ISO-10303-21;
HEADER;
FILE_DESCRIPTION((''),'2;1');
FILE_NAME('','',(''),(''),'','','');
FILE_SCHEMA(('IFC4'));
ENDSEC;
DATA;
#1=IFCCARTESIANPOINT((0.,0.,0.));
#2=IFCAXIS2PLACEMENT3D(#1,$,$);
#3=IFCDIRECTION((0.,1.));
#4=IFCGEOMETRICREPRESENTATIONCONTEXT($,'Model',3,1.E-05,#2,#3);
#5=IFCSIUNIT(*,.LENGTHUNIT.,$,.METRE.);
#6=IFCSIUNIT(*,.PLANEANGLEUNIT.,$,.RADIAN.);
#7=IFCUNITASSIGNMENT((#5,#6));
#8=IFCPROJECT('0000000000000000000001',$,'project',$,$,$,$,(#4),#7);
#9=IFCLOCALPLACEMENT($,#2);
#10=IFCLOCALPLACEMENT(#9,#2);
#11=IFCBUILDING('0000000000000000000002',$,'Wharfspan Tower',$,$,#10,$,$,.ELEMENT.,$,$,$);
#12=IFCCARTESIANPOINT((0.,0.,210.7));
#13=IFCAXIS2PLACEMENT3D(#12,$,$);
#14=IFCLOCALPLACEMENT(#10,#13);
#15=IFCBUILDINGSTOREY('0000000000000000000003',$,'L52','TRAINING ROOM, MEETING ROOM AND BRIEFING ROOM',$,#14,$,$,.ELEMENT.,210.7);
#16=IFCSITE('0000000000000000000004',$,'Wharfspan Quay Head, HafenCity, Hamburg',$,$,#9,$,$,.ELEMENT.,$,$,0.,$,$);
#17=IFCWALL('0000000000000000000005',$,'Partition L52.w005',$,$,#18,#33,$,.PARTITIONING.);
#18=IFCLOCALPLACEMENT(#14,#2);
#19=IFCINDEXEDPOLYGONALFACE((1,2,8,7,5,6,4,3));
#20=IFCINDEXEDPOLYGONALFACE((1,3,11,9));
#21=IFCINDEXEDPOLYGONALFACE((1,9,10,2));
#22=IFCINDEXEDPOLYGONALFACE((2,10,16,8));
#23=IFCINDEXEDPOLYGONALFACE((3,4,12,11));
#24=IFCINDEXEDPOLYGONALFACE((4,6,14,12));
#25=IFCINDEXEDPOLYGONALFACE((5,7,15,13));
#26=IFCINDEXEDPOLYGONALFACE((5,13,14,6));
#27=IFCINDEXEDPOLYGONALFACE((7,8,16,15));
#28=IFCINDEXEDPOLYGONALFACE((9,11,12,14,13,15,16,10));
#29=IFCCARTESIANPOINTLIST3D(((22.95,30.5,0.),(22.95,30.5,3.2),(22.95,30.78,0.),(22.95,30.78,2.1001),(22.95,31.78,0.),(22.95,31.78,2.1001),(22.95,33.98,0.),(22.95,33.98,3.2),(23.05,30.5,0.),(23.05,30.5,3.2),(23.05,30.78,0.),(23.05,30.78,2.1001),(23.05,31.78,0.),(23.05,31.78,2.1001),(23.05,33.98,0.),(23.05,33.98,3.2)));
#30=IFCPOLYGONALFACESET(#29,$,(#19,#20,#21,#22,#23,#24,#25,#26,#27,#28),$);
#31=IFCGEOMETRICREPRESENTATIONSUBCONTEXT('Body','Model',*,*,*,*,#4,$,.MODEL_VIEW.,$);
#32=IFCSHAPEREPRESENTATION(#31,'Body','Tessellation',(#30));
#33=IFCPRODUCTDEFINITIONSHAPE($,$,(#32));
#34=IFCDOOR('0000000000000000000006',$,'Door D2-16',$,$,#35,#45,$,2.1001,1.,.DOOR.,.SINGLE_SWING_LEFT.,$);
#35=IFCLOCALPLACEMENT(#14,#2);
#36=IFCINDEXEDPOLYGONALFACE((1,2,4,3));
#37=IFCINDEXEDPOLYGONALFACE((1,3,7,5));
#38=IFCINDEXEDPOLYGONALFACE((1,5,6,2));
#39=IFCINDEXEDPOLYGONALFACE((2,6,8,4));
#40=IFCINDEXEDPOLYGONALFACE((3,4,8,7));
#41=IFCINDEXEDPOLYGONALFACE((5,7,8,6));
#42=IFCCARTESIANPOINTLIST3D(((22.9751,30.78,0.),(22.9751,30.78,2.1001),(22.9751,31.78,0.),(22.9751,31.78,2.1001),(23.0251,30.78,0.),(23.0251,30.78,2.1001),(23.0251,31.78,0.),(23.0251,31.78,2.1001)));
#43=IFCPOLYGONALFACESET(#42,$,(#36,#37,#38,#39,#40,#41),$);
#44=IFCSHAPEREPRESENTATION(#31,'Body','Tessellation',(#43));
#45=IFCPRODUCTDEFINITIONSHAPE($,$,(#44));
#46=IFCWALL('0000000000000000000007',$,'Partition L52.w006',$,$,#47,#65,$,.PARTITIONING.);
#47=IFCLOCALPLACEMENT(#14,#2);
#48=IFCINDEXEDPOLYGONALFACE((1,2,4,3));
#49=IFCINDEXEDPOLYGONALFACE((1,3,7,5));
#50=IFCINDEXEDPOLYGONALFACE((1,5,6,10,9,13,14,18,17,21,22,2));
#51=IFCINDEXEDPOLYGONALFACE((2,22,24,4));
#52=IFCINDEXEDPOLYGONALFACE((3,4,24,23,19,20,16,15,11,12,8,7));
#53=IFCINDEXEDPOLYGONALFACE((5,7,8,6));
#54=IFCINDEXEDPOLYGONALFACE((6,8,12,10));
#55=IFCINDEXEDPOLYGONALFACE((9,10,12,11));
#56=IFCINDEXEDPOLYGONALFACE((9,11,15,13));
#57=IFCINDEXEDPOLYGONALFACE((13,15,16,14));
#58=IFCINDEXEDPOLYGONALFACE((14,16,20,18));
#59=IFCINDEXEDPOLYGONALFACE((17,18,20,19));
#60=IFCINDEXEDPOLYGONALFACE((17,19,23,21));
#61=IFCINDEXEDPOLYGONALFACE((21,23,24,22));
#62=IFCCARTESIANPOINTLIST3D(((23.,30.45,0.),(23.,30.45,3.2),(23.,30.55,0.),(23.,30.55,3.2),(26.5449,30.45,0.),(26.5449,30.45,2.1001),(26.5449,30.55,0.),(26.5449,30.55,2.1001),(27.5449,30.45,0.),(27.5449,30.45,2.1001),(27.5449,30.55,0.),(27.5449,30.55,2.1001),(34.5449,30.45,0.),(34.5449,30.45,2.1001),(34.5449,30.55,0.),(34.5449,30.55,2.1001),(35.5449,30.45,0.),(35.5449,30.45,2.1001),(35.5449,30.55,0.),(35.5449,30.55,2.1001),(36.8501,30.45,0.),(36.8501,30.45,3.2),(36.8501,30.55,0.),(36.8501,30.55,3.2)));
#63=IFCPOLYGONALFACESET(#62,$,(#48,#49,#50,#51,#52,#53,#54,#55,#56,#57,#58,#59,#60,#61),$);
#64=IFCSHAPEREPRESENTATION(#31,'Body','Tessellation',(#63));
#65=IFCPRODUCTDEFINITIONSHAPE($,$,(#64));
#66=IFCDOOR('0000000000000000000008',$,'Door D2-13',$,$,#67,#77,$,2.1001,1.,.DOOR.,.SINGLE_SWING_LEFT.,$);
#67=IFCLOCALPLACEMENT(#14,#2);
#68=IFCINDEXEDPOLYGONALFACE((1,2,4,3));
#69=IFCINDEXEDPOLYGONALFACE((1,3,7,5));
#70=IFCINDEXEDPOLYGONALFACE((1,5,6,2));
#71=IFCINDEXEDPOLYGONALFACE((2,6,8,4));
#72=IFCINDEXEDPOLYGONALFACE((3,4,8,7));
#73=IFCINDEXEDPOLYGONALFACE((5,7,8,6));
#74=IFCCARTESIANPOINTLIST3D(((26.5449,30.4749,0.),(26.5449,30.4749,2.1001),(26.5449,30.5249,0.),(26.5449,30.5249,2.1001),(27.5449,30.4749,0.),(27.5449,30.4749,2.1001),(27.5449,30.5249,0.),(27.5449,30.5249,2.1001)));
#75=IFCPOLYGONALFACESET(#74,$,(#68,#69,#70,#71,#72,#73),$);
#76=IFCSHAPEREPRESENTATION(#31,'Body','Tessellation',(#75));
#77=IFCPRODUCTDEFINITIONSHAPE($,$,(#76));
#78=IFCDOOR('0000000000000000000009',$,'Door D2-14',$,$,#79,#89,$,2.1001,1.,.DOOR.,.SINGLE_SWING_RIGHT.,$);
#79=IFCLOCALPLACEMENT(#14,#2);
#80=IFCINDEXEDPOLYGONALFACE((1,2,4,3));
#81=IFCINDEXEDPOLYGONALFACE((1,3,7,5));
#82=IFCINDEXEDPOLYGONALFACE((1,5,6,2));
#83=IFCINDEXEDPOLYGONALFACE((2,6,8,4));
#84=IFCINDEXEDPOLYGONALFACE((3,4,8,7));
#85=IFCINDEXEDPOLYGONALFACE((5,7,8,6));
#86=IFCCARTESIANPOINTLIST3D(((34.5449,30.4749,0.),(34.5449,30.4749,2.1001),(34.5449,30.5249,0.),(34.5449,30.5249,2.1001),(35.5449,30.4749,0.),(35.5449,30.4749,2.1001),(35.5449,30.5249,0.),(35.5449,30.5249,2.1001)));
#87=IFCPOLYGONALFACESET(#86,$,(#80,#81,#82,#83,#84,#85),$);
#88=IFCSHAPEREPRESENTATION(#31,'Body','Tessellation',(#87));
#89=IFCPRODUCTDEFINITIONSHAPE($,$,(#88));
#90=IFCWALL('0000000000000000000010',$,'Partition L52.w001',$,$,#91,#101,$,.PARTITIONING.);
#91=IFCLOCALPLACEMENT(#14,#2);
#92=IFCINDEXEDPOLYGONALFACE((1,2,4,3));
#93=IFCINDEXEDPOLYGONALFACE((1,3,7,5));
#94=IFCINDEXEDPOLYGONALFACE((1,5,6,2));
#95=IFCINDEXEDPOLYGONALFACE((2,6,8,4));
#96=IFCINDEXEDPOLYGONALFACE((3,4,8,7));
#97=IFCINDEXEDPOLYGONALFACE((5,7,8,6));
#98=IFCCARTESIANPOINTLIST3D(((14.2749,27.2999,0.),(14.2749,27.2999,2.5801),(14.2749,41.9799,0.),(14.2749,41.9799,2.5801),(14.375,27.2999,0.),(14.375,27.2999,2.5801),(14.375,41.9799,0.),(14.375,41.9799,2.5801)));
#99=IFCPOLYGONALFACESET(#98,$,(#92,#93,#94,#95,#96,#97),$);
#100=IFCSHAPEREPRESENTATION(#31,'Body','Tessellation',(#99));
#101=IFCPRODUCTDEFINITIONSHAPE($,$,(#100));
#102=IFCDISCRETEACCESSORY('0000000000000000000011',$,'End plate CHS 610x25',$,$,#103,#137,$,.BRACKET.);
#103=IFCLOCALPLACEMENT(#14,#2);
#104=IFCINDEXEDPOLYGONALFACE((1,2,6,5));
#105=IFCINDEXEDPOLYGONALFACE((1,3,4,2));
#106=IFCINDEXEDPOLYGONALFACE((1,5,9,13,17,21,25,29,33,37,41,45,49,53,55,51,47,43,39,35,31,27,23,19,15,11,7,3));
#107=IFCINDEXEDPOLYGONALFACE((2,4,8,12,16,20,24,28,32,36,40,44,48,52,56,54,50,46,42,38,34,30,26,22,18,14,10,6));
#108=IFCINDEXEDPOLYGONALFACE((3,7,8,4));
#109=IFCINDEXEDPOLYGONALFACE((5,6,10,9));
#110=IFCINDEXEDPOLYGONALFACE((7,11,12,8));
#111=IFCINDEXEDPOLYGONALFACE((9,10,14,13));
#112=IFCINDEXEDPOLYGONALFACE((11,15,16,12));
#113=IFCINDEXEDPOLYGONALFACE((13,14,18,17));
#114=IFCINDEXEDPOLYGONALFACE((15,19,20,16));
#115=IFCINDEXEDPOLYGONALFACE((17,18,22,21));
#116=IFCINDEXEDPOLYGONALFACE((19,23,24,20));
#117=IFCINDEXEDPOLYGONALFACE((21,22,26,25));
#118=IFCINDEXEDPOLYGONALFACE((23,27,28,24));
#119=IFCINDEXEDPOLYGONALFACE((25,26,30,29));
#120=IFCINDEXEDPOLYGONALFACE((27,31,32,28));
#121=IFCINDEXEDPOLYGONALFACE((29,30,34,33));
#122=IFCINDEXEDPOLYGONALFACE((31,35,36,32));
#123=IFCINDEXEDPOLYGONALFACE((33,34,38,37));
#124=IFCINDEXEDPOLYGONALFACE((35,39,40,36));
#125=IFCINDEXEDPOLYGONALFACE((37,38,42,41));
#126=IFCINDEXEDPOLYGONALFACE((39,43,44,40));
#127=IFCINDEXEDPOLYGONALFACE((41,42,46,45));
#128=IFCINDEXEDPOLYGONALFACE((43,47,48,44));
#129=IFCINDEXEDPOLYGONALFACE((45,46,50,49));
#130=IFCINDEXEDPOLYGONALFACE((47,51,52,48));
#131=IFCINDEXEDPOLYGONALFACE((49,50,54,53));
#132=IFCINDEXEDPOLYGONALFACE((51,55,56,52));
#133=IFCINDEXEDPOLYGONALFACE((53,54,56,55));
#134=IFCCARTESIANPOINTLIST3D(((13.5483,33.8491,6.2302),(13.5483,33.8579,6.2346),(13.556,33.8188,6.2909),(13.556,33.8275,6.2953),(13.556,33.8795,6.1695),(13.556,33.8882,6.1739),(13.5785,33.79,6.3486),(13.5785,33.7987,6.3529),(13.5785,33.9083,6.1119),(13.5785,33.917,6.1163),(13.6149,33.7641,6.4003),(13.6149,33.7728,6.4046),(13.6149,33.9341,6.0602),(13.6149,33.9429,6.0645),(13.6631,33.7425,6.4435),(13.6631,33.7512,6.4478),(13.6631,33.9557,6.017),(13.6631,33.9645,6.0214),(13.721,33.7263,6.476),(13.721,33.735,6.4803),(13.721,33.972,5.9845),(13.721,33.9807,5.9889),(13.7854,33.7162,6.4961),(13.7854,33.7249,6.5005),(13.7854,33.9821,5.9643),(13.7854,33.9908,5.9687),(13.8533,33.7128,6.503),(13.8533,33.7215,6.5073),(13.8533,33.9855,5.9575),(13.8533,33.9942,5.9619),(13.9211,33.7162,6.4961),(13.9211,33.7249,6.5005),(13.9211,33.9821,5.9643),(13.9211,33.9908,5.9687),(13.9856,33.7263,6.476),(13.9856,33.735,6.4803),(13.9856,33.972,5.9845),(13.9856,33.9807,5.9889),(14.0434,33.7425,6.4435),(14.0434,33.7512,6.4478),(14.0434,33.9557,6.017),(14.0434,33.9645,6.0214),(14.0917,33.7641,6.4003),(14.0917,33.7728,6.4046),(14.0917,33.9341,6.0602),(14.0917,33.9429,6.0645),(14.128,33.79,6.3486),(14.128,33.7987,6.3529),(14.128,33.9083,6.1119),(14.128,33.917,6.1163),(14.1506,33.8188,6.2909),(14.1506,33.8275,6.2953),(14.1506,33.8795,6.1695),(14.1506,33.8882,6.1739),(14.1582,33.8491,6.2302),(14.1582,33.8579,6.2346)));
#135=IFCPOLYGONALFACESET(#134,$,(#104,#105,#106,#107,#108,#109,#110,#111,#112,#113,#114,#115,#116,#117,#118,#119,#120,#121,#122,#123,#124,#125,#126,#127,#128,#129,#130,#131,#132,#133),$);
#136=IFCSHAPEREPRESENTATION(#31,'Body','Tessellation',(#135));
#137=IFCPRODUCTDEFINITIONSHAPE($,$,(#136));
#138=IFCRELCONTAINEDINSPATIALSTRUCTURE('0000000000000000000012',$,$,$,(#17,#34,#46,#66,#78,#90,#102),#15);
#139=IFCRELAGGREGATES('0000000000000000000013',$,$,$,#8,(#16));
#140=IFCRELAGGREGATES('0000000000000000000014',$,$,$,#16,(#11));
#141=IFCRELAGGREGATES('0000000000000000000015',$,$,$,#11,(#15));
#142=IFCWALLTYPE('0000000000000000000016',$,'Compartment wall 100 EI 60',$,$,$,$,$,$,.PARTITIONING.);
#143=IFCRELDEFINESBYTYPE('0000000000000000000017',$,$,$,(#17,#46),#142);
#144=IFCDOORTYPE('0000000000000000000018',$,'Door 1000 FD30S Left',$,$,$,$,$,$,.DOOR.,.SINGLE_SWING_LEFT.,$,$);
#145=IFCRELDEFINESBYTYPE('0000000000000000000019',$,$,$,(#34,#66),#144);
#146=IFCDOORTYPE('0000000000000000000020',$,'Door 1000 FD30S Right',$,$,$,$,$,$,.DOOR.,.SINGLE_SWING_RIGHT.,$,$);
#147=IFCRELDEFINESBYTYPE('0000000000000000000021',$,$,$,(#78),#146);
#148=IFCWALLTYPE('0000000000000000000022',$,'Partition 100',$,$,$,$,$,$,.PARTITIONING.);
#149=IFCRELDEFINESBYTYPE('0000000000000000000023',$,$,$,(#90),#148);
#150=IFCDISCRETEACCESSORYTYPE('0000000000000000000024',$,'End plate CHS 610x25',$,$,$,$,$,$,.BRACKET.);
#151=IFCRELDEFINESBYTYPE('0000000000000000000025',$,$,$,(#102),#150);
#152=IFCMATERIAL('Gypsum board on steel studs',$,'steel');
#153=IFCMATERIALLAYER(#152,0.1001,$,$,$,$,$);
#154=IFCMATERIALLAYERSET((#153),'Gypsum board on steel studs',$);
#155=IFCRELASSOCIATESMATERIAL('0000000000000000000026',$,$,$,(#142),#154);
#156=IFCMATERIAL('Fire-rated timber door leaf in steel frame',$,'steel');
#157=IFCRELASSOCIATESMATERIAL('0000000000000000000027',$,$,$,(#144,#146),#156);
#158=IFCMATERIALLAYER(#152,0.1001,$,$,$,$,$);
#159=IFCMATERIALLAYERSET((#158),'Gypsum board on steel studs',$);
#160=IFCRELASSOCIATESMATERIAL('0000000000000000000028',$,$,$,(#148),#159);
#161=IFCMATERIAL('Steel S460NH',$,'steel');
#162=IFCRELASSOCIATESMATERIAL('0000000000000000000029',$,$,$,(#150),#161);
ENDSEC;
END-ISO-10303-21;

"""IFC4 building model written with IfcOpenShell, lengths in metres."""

from ifc_helpers import new_model, si_unit, direction, frame, frame_2d, origin, origin_2d, place, context, subcontext, project, spatial, rectangle, circle, extrude, material, layer, layer_set, material_profile, profile_set, type_object, element, fill, save


model = new_model("IFC4")

# Units and contexts
model_context = context("Model", 3, precision=1e-05, world=origin(), true_north=direction((0.0, 1.0)))
body_context = subcontext(model_context, "Body", "Model", "MODEL_VIEW")
ifc_project = project(units=[si_unit("LENGTHUNIT", "METRE"), si_unit("PLANEANGLEUNIT", "RADIAN")], contexts=[model_context])

# Site, building, storey
site_placement = place(None, origin())
site = spatial("IfcSite", under=ifc_project, at=site_placement, Name="Wharfspan Quay Head, HafenCity, Hamburg", CompositionType="ELEMENT", RefElevation=0.0)
building_placement = place(site_placement, origin())
building = spatial("IfcBuilding", under=site, at=building_placement, Name="Wharfspan Tower", CompositionType="ELEMENT")
storey_placement = place(building_placement, frame((0.0, 0.0, 210.7)))
storey = spatial("IfcBuildingStorey", under=building, at=storey_placement, Name="L52", Description="TRAINING ROOM, MEETING ROOM AND BRIEFING ROOM", CompositionType="ELEMENT", Elevation=210.7)

# Shared definitions
ifc_material_1 = material(Name="Steel S460NH", Category="steel")

# Wall, opening, door
ifc_material_2 = material(Name="Gypsum board on steel studs", Category="steel")
ifc_layer_1 = layer(ifc_material_2, 0.1001)
ifc_layer_set_1 = layer_set([ifc_layer_1], Name="Gypsum board on steel studs")
wall_type_1 = type_object("IfcWallType", Name="Compartment wall 100 EI 60", PredefinedType="PARTITIONING", material=ifc_layer_set_1)
wall_1_placement = place(storey_placement, frame((23.0, 30.5, 0.0), z_axis=(0.0, 0.0, 1.0), x_axis=(0.0, 1.0, 0.0)))
wall_1 = element("IfcWall", 1, at=wall_1_placement, inside=storey, type_object=wall_type_1, Name="Partition L52.w005", PredefinedType="PARTITIONING", context=body_context, shape_type="SweptSolid", body=[
    extrude(rectangle(XDim=3.48, YDim=0.1001, at=frame_2d((1.74, 0.0))), origin(), (0.0, 0.0, 1.0), 3.2),
])
opening_1_placement = place(wall_1_placement, frame((0.28, 0.0, 0.0)))
opening_1 = element("IfcOpeningElement", 2, at=opening_1_placement, cuts=wall_1, PredefinedType="OPENING", context=body_context, shape_type="SweptSolid", body=[
    extrude(rectangle(XDim=1.0, YDim=2.1001, at=frame_2d((0.5, 1.05))), frame((0.0, 0.0601, 0.0), z_axis=(0.0, -1.0, 0.0), x_axis=(1.0, 0.0, 0.0)), (0.0, 0.0, 1.0), 0.1201),
])
ifc_material_3 = material(Name="Fire-rated timber door leaf in steel frame", Category="steel")
door_type_1 = type_object("IfcDoorType", Name="Door 1000 FD30S Left", OperationType="SINGLE_SWING_LEFT", PredefinedType="DOOR", material=ifc_material_3)
door_1_placement = place(opening_1_placement, origin())
door_1 = element("IfcDoor", 3, at=door_1_placement, inside=storey, type_object=door_type_1, Name="Door D2-16", OperationType="SINGLE_SWING_LEFT", OverallHeight=2.1001, OverallWidth=1.0, PredefinedType="DOOR", context=body_context, shape_type="SweptSolid", body=[
    extrude(rectangle(XDim=1.0, YDim=2.1001, at=frame_2d((0.5, 1.05))), frame((0.0, 0.0249, 0.0), z_axis=(0.0, -1.0, 0.0), x_axis=(1.0, 0.0, 0.0)), (0.0, 0.0, 1.0), 0.05),
])
fill(opening_1, door_1)

# Wall, openings, doors
wall_2_placement = place(storey_placement, frame((23.0, 30.5, 0.0), z_axis=(0.0, 0.0, 1.0), x_axis=(1.0, 0.0, 0.0)))
wall_2 = element("IfcWall", 4, at=wall_2_placement, inside=storey, type_object=wall_type_1, Name="Partition L52.w006", PredefinedType="PARTITIONING", context=body_context, shape_type="SweptSolid", body=[
    extrude(rectangle(XDim=13.8501, YDim=0.1001, at=frame_2d((6.925, 0.0))), origin(), (0.0, 0.0, 1.0), 3.2),
])
opening_2_placement = place(wall_2_placement, frame((3.5449, 0.0, 0.0)))
opening_2 = element("IfcOpeningElement", 5, at=opening_2_placement, cuts=wall_2, PredefinedType="OPENING", context=body_context, shape_type="SweptSolid", body=[
    extrude(rectangle(XDim=1.0, YDim=2.1001, at=frame_2d((0.5, 1.05))), frame((0.0, 0.0601, 0.0), z_axis=(0.0, -1.0, 0.0), x_axis=(1.0, 0.0, 0.0)), (0.0, 0.0, 1.0), 0.1201),
])
opening_3_placement = place(wall_2_placement, frame((11.5449, 0.0, 0.0)))
opening_3 = element("IfcOpeningElement", 6, at=opening_3_placement, cuts=wall_2, PredefinedType="OPENING", context=body_context, shape_type="SweptSolid", body=[
    extrude(rectangle(XDim=1.0, YDim=2.1001, at=frame_2d((0.5, 1.05))), frame((0.0, 0.0601, 0.0), z_axis=(0.0, -1.0, 0.0), x_axis=(1.0, 0.0, 0.0)), (0.0, 0.0, 1.0), 0.1201),
])
door_2_placement = place(opening_2_placement, origin())
door_2 = element("IfcDoor", 7, at=door_2_placement, inside=storey, type_object=door_type_1, Name="Door D2-13", OperationType="SINGLE_SWING_LEFT", OverallHeight=2.1001, OverallWidth=1.0, PredefinedType="DOOR", context=body_context, shape_type="SweptSolid", body=[
    extrude(rectangle(XDim=1.0, YDim=2.1001, at=frame_2d((0.5, 1.05))), frame((0.0, 0.0249, 0.0), z_axis=(0.0, -1.0, 0.0), x_axis=(1.0, 0.0, 0.0)), (0.0, 0.0, 1.0), 0.05),
])
fill(opening_2, door_2)
door_type_2 = type_object("IfcDoorType", Name="Door 1000 FD30S Right", OperationType="SINGLE_SWING_RIGHT", PredefinedType="DOOR", material=ifc_material_3)
door_3_placement = place(opening_3_placement, origin())
door_3 = element("IfcDoor", 8, at=door_3_placement, inside=storey, type_object=door_type_2, Name="Door D2-14", OperationType="SINGLE_SWING_RIGHT", OverallHeight=2.1001, OverallWidth=1.0, PredefinedType="DOOR", context=body_context, shape_type="SweptSolid", body=[
    extrude(rectangle(XDim=1.0, YDim=2.1001, at=frame_2d((0.5, 1.05))), frame((0.0, 0.0249, 0.0), z_axis=(0.0, -1.0, 0.0), x_axis=(1.0, 0.0, 0.0)), (0.0, 0.0, 1.0), 0.05),
])
fill(opening_3, door_3)

# Wall
ifc_layer_2 = layer(ifc_material_2, 0.1001)
ifc_layer_set_2 = layer_set([ifc_layer_2], Name="Gypsum board on steel studs")
wall_type_2 = type_object("IfcWallType", Name="Partition 100", PredefinedType="PARTITIONING", material=ifc_layer_set_2)
wall_3_placement = place(storey_placement, frame((14.325, 27.3, 0.0), z_axis=(0.0, 0.0, 1.0), x_axis=(0.0, 1.0, 0.0)))
element("IfcWall", 9, at=wall_3_placement, inside=storey, type_object=wall_type_2, Name="Partition L52.w001", PredefinedType="PARTITIONING", context=body_context, shape_type="SweptSolid", body=[
    extrude(rectangle(XDim=14.6799, YDim=0.1001, at=frame_2d((7.3398, 0.0))), origin(), (0.0, 0.0, 1.0), 2.5801),
])

# Discrete accessory
ifc_material_profile_1 = material_profile(ifc_material_1, circle(Radius=0.3049, at=origin_2d()))
ifc_profile_set_1 = profile_set([ifc_material_profile_1], Name="Steel S460NH")
discrete_accessory_type = type_object("IfcDiscreteAccessoryType", Name="End plate CHS 610x25", PredefinedType="BRACKET", material=ifc_profile_set_1)
discrete_accessory_placement = place(storey_placement, frame((13.8533, 33.8491, 6.2302), z_axis=(0.0, 0.894427, 0.447214), x_axis=(-1.0, 0.0, 0.0)))
element("IfcDiscreteAccessory", 10, at=discrete_accessory_placement, inside=storey, type_object=discrete_accessory_type, Name="End plate CHS 610x25", PredefinedType="BRACKET", context=body_context, shape_type="SweptSolid", body=[
    extrude(circle(Radius=0.3049, at=origin_2d()), origin(), (0.0, 0.0, 1.0), 0.0098),
])

save(model, "model.ifc")
